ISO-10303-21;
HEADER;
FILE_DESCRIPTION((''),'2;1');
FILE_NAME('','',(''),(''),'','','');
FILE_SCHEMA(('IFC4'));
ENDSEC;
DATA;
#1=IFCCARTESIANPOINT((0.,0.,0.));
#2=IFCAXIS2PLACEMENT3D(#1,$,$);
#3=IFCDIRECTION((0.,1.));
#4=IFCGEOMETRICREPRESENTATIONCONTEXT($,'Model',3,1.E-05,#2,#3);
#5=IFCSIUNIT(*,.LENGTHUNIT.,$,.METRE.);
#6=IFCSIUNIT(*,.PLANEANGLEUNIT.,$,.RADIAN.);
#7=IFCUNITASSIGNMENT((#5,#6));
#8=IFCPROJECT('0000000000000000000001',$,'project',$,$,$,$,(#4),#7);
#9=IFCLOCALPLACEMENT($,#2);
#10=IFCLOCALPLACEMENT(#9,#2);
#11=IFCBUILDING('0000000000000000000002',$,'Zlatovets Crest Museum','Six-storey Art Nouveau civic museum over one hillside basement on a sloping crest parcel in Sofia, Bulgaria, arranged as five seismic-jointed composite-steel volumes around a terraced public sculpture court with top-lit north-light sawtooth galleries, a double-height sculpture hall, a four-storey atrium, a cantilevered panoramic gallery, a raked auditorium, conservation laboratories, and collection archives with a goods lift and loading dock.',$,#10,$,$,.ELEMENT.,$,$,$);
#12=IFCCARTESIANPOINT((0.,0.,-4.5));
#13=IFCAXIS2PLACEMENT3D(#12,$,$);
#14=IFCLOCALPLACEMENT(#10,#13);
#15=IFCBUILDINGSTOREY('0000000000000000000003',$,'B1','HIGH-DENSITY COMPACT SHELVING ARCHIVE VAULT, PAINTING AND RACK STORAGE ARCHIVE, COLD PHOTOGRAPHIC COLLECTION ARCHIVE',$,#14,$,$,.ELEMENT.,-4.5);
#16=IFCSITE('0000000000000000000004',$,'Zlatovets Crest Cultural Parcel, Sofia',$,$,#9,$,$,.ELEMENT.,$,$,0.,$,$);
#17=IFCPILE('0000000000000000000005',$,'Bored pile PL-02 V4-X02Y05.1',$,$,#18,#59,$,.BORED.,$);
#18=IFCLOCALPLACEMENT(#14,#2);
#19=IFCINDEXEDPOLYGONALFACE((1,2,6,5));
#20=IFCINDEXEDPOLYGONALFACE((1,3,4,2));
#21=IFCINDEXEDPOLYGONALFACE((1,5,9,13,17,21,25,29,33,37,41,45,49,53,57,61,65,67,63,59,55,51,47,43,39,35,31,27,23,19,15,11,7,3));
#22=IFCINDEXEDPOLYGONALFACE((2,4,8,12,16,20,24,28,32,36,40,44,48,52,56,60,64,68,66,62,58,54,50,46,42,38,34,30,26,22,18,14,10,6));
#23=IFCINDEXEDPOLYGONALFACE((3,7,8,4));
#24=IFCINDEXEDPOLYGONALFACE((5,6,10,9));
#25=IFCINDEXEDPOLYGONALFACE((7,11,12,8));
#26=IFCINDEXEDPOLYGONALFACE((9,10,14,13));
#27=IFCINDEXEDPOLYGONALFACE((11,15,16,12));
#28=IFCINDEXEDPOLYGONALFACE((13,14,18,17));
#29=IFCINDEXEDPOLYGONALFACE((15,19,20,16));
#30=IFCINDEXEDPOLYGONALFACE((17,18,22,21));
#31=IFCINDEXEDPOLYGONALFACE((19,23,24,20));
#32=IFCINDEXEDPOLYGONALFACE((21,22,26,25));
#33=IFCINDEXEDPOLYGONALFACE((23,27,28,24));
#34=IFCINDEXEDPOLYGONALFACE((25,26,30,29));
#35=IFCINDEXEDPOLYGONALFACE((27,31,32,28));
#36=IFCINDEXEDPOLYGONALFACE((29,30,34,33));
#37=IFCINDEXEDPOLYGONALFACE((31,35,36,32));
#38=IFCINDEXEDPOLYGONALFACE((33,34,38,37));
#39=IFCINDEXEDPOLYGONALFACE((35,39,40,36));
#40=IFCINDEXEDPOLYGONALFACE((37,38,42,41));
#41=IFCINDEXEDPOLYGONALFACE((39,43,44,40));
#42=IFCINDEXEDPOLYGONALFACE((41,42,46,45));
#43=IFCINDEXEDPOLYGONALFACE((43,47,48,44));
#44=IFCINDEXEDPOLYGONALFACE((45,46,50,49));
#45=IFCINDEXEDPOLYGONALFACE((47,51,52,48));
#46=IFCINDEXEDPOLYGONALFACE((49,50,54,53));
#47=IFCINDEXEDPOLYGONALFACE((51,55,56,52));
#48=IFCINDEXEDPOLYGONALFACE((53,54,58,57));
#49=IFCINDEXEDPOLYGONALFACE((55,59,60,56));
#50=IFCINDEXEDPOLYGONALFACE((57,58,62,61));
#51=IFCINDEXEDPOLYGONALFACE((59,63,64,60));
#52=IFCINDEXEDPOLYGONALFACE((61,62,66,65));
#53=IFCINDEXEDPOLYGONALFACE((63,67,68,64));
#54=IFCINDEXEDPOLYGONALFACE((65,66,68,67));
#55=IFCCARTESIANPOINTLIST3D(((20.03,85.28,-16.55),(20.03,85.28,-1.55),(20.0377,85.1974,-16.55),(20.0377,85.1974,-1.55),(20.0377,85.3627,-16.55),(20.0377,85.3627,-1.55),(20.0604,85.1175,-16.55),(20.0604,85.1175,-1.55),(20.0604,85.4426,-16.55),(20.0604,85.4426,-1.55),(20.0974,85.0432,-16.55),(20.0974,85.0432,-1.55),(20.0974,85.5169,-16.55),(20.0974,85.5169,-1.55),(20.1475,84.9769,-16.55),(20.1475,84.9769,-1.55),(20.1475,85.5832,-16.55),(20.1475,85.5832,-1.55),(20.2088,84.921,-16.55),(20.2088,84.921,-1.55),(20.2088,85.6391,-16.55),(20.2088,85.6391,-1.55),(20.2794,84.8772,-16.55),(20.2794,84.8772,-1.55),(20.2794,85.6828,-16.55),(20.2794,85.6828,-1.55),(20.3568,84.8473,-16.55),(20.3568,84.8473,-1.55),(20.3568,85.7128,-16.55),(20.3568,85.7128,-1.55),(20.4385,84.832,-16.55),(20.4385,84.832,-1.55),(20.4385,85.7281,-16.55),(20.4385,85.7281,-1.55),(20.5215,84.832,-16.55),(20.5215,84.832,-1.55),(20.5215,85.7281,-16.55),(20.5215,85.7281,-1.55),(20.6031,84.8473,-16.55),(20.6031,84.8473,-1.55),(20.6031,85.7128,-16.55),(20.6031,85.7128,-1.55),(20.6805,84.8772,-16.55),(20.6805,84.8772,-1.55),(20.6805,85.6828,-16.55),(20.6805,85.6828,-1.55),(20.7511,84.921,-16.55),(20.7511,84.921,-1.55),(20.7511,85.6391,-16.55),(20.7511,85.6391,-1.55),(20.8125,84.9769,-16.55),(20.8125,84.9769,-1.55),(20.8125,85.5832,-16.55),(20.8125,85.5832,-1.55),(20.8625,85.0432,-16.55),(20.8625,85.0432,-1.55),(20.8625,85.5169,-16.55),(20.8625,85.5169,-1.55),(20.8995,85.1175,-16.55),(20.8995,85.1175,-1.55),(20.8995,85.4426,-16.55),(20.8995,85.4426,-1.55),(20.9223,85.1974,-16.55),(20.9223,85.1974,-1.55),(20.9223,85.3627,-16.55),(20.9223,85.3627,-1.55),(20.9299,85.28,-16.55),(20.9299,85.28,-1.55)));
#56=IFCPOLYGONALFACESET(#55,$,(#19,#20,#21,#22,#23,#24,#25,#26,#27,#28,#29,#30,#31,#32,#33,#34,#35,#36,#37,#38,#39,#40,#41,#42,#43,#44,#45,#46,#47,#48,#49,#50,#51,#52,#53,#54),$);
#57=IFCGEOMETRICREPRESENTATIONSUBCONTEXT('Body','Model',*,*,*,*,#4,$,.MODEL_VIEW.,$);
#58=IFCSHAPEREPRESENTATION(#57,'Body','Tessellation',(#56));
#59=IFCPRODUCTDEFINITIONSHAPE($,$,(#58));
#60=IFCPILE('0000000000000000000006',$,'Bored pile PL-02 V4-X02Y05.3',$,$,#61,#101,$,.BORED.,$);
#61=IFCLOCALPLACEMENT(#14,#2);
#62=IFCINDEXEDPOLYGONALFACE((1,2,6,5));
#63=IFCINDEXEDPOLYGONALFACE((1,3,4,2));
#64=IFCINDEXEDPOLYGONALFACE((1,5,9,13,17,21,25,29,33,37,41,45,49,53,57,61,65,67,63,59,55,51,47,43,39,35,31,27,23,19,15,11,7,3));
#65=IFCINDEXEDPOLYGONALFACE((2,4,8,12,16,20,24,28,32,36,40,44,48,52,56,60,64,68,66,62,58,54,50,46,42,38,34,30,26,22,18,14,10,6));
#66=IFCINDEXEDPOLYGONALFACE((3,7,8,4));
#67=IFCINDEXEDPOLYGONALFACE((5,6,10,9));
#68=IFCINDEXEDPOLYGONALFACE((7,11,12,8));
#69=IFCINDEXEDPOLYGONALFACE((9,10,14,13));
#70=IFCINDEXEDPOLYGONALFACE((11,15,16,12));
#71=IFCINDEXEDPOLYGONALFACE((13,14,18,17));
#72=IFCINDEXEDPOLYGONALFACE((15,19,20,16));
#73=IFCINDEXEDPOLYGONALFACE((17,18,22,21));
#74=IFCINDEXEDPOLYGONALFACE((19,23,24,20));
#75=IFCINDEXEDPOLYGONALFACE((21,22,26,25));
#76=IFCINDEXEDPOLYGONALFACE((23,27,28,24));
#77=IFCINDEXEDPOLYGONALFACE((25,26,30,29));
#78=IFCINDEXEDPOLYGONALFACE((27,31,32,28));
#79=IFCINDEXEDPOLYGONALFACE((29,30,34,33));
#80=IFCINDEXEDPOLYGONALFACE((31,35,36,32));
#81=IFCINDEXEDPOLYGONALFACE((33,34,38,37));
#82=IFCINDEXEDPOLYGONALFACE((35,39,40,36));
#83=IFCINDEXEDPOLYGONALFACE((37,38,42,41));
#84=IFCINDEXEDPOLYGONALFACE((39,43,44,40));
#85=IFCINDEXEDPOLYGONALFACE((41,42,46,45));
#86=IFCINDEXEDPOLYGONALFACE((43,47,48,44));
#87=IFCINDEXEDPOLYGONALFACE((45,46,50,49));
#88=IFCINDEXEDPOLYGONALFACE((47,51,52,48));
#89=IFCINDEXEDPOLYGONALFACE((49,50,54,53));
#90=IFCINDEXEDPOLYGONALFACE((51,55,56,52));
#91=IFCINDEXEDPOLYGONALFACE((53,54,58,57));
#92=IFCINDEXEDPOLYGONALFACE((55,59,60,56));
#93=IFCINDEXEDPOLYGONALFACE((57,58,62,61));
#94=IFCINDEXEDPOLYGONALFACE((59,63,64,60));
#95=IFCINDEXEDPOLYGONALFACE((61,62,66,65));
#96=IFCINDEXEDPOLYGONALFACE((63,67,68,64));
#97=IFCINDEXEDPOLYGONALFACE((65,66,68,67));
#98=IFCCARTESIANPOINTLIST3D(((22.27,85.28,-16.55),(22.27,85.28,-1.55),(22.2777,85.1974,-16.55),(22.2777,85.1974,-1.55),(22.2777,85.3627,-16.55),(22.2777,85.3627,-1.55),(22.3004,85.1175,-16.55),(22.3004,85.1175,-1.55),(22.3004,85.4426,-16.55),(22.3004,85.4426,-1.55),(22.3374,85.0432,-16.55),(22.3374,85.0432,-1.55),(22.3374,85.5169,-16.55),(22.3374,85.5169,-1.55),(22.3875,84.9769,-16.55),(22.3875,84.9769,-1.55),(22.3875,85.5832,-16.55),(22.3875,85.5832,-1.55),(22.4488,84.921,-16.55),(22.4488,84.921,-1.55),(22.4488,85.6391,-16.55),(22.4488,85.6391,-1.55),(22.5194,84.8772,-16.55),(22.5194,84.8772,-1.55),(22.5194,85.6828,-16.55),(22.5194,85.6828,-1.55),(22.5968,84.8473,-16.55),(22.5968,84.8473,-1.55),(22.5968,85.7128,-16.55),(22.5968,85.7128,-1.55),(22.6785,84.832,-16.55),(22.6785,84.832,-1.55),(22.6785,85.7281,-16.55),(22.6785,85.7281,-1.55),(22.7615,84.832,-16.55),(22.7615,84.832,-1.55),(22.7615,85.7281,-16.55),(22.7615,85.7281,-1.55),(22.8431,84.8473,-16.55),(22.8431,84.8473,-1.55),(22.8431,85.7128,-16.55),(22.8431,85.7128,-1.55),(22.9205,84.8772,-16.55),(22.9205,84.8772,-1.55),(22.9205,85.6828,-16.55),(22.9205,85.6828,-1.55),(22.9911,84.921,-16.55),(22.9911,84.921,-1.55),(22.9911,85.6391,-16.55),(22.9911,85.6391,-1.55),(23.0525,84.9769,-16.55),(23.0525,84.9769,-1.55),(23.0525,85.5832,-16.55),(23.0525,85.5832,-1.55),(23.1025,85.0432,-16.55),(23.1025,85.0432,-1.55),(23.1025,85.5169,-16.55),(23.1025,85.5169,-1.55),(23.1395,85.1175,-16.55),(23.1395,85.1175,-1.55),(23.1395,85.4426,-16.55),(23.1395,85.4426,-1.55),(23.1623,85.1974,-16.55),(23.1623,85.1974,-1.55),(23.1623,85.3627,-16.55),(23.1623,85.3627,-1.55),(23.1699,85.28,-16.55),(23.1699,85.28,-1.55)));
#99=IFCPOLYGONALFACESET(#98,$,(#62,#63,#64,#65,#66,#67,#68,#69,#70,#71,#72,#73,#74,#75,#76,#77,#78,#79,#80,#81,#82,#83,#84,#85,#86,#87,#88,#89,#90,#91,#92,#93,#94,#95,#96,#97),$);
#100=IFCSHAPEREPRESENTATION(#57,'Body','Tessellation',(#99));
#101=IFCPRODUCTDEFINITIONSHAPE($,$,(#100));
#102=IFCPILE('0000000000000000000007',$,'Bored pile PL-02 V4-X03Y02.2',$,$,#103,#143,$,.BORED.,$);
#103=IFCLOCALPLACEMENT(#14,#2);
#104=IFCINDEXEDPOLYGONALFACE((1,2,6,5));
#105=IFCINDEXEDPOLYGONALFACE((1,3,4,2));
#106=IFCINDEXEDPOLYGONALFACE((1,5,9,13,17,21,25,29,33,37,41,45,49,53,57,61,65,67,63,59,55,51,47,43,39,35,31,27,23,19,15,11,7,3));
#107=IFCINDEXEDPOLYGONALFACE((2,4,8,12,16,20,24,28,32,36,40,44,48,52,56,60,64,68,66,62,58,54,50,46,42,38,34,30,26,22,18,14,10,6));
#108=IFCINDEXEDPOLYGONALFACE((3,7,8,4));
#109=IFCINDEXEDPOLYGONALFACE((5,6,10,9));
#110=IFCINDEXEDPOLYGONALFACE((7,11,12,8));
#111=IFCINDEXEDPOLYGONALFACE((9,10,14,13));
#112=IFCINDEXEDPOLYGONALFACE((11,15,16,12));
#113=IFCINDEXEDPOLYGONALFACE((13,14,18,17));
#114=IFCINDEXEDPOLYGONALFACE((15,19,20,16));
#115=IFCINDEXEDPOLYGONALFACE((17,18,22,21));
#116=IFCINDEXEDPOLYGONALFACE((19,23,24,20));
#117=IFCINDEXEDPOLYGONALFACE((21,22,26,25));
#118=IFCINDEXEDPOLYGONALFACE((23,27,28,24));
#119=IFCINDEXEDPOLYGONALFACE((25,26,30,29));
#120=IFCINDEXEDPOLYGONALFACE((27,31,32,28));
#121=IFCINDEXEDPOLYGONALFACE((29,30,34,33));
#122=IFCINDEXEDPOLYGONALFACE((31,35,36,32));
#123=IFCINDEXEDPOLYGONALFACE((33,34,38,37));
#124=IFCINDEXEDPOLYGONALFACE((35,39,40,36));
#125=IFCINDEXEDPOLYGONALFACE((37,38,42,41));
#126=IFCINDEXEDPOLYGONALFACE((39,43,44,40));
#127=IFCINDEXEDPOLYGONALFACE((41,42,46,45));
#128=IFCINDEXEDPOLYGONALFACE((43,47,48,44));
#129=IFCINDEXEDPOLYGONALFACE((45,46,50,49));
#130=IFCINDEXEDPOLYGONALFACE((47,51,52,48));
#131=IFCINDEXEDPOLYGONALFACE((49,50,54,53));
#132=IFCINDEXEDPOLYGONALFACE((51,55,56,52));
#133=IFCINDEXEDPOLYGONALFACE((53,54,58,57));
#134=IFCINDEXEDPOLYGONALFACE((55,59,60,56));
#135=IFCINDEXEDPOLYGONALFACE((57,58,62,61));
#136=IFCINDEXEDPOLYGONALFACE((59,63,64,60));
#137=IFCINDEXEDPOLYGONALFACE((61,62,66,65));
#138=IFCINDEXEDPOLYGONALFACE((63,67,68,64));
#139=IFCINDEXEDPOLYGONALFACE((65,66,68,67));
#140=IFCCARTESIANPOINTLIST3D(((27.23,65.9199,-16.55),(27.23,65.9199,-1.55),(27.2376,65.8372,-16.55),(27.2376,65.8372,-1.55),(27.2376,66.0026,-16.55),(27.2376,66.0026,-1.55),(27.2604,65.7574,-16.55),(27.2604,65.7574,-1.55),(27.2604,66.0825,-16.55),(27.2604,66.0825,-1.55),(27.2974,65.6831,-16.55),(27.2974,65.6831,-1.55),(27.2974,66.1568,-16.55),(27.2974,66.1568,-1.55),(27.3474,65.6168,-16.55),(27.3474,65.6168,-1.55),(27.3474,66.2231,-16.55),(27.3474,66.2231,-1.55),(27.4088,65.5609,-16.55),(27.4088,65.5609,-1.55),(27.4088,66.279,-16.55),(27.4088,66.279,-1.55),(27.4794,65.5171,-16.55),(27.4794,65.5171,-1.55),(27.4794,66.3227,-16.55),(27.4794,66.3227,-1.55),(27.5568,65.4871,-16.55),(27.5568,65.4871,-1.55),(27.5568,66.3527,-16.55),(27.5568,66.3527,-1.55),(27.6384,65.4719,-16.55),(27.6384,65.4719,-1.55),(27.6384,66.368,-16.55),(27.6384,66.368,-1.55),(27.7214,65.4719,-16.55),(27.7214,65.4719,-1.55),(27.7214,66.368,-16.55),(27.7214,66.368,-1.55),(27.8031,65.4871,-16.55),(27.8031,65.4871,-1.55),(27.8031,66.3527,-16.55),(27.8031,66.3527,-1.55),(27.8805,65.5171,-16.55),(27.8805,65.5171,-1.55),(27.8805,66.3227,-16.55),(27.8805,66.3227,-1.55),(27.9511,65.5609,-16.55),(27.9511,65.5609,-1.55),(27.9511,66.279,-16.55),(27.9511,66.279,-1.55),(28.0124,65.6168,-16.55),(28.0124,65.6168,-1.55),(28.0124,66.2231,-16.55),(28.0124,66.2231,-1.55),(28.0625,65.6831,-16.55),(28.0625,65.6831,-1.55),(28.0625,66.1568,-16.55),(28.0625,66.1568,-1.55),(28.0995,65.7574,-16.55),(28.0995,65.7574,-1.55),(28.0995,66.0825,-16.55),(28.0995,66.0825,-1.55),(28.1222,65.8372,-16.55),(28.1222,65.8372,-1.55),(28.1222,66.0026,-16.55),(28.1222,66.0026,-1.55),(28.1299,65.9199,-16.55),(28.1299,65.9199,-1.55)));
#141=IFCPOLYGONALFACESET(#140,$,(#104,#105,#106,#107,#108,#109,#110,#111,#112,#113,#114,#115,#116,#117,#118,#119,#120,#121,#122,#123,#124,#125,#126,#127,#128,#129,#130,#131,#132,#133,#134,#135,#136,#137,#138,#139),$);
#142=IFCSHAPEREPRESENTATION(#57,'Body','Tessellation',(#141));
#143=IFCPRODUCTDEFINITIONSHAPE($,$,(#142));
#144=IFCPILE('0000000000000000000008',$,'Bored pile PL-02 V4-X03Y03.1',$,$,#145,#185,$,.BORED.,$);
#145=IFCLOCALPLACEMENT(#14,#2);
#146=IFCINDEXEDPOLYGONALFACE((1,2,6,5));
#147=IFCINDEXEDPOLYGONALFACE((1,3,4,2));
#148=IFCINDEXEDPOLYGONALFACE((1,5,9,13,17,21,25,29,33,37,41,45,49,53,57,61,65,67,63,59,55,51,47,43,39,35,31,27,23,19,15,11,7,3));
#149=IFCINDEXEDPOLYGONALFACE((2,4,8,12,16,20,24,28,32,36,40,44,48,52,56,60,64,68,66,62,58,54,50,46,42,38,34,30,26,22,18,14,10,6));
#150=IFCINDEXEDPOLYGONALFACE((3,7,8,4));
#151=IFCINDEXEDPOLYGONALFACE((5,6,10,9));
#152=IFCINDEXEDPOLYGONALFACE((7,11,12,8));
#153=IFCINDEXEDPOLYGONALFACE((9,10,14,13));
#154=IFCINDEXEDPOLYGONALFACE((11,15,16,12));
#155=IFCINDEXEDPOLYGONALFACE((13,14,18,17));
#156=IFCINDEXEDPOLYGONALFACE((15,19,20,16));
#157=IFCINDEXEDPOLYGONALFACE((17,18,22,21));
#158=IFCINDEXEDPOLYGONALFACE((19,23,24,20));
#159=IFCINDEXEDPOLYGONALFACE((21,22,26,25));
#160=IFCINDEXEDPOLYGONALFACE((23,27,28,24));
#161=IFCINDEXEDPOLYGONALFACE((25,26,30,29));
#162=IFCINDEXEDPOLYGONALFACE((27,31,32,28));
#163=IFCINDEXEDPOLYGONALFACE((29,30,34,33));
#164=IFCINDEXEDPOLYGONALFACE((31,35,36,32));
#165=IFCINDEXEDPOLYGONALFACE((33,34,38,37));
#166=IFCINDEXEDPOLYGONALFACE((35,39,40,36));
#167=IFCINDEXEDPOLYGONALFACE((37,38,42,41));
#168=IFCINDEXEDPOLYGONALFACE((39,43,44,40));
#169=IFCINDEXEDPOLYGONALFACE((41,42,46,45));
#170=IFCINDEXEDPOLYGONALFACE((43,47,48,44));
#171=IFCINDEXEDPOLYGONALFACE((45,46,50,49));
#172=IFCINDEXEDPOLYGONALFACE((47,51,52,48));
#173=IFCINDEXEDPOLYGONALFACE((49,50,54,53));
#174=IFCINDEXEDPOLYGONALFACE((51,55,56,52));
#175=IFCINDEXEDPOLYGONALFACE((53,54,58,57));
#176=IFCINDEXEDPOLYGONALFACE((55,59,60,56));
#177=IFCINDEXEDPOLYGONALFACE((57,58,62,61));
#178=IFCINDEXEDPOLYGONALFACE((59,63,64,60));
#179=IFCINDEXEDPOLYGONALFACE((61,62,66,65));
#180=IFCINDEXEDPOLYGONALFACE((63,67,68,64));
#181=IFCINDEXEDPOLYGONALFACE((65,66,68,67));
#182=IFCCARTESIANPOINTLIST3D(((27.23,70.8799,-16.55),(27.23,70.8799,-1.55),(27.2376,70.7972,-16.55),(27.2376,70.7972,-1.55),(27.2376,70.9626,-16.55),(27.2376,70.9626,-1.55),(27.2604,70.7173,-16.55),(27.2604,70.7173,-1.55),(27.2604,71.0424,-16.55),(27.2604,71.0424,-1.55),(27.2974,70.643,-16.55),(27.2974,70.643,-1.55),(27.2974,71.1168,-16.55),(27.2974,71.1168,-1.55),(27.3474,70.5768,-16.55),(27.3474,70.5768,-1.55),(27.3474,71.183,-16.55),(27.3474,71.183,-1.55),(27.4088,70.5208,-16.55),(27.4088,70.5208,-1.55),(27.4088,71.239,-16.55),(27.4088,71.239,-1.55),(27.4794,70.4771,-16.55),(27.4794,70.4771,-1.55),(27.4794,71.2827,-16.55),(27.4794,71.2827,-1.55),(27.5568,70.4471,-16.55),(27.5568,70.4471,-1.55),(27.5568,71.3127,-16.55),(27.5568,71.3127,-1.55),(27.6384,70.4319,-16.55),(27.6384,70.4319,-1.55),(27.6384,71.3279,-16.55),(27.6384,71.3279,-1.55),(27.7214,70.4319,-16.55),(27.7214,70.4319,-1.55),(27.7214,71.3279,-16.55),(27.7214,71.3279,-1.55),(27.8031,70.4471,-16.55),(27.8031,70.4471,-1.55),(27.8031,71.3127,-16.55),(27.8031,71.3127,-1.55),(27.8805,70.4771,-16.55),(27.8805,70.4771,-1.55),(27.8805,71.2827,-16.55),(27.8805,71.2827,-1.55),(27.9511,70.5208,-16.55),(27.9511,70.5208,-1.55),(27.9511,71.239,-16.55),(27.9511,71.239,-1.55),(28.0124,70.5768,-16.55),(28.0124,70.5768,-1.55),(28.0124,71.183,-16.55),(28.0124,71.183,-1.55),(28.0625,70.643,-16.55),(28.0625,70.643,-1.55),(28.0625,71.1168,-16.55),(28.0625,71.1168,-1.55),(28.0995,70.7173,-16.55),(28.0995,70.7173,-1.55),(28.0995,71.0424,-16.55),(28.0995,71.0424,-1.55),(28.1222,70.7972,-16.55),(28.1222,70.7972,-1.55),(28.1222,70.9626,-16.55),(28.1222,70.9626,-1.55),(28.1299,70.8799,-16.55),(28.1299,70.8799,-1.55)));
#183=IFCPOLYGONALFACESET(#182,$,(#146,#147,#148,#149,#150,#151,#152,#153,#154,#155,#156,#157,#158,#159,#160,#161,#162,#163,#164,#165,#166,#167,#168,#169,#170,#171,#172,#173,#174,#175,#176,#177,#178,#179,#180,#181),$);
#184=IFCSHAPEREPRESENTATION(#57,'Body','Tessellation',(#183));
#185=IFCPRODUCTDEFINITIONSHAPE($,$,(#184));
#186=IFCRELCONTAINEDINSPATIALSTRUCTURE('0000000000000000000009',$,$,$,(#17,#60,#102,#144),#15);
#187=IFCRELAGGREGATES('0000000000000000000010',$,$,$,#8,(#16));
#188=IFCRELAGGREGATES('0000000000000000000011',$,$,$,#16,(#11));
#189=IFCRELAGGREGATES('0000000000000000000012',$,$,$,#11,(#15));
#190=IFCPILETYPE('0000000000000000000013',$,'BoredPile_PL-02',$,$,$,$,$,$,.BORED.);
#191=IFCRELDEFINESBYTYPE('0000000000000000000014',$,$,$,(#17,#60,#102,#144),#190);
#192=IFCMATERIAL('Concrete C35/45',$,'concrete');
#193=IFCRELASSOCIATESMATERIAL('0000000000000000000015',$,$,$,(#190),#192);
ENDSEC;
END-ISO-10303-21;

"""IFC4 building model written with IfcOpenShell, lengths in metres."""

from ifc_helpers import new_model, si_unit, direction, frame, origin, origin_2d, place, context, subcontext, project, spatial, circle, extrude, material, material_profile, profile_set, type_object, element, save


model = new_model("IFC4")

# Units and contexts
model_context = context("Model", 3, precision=1e-05, world=origin(), true_north=direction((0.0, 1.0)))
body_context = subcontext(model_context, "Body", "Model", "MODEL_VIEW")
ifc_project = project(units=[si_unit("LENGTHUNIT", "METRE"), si_unit("PLANEANGLEUNIT", "RADIAN")], contexts=[model_context])

# Site, building, storey
site_placement = place(None, origin())
site = spatial("IfcSite", under=ifc_project, at=site_placement, Name="Zlatovets Crest Cultural Parcel, Sofia", CompositionType="ELEMENT", RefElevation=0.0)
building_placement = place(site_placement, origin())
building = spatial("IfcBuilding", under=site, at=building_placement, Name="Zlatovets Crest Museum", Description="Six-storey Art Nouveau civic museum over one hillside basement on a sloping crest parcel in Sofia, Bulgaria, arranged as five seismic-jointed composite-steel volumes around a terraced public sculpture court with top-lit north-light sawtooth galleries, a double-height sculpture hall, a four-storey atrium, a cantilevered panoramic gallery, a raked auditorium, conservation laboratories, and collection archives with a goods lift and loading dock.", CompositionType="ELEMENT")
storey_placement = place(building_placement, frame((0.0, 0.0, -4.5)))
storey = spatial("IfcBuildingStorey", under=building, at=storey_placement, Name="B1", Description="HIGH-DENSITY COMPACT SHELVING ARCHIVE VAULT, PAINTING AND RACK STORAGE ARCHIVE, COLD PHOTOGRAPHIC COLLECTION ARCHIVE", CompositionType="ELEMENT", Elevation=-4.5)

# Piles
ifc_material_1 = material(Name="Concrete C35/45", Category="concrete")
ifc_material_profile_1 = material_profile(ifc_material_1, circle(Radius=0.45, at=origin_2d()), Name="PILE D900")
ifc_profile_set_1 = profile_set([ifc_material_profile_1], Name="Concrete C35/45")
pile_type = type_object("IfcPileType", Name="BoredPile_PL-02", PredefinedType="BORED", material=ifc_profile_set_1)
for number, where, z_axis, x_axis, name in (
    (1, (20.48, 85.28, -1.55), (0.0, 0.0, -1.0), (1.0, 0.0, 0.0), "Bored pile PL-02 V4-X02Y05.1"),
    (2, (22.72, 85.28, -1.55), (0.0, 0.0, -1.0), (1.0, 0.0, 0.0), "Bored pile PL-02 V4-X02Y05.3"),
    (3, (27.6799, 65.9199, -1.55), (0.0, 0.0, -1.0), (1.0, 0.0, 0.0), "Bored pile PL-02 V4-X03Y02.2"),
    (4, (27.6799, 70.8799, -1.55), (0.0, 0.0, -1.0), (1.0, 0.0, 0.0), "Bored pile PL-02 V4-X03Y03.1"),
):
    element("IfcPile", number, at=place(storey_placement, frame(where, z_axis=z_axis, x_axis=x_axis)), inside=storey, type_object=pile_type, Name=name, PredefinedType="BORED", context=body_context, shape_type="SweptSolid", body=[
        extrude(circle(Radius=0.45, at=origin_2d()), origin(), (0.0, 0.0, 1.0), 15.0),
    ])

save(model, "model.ifc")
